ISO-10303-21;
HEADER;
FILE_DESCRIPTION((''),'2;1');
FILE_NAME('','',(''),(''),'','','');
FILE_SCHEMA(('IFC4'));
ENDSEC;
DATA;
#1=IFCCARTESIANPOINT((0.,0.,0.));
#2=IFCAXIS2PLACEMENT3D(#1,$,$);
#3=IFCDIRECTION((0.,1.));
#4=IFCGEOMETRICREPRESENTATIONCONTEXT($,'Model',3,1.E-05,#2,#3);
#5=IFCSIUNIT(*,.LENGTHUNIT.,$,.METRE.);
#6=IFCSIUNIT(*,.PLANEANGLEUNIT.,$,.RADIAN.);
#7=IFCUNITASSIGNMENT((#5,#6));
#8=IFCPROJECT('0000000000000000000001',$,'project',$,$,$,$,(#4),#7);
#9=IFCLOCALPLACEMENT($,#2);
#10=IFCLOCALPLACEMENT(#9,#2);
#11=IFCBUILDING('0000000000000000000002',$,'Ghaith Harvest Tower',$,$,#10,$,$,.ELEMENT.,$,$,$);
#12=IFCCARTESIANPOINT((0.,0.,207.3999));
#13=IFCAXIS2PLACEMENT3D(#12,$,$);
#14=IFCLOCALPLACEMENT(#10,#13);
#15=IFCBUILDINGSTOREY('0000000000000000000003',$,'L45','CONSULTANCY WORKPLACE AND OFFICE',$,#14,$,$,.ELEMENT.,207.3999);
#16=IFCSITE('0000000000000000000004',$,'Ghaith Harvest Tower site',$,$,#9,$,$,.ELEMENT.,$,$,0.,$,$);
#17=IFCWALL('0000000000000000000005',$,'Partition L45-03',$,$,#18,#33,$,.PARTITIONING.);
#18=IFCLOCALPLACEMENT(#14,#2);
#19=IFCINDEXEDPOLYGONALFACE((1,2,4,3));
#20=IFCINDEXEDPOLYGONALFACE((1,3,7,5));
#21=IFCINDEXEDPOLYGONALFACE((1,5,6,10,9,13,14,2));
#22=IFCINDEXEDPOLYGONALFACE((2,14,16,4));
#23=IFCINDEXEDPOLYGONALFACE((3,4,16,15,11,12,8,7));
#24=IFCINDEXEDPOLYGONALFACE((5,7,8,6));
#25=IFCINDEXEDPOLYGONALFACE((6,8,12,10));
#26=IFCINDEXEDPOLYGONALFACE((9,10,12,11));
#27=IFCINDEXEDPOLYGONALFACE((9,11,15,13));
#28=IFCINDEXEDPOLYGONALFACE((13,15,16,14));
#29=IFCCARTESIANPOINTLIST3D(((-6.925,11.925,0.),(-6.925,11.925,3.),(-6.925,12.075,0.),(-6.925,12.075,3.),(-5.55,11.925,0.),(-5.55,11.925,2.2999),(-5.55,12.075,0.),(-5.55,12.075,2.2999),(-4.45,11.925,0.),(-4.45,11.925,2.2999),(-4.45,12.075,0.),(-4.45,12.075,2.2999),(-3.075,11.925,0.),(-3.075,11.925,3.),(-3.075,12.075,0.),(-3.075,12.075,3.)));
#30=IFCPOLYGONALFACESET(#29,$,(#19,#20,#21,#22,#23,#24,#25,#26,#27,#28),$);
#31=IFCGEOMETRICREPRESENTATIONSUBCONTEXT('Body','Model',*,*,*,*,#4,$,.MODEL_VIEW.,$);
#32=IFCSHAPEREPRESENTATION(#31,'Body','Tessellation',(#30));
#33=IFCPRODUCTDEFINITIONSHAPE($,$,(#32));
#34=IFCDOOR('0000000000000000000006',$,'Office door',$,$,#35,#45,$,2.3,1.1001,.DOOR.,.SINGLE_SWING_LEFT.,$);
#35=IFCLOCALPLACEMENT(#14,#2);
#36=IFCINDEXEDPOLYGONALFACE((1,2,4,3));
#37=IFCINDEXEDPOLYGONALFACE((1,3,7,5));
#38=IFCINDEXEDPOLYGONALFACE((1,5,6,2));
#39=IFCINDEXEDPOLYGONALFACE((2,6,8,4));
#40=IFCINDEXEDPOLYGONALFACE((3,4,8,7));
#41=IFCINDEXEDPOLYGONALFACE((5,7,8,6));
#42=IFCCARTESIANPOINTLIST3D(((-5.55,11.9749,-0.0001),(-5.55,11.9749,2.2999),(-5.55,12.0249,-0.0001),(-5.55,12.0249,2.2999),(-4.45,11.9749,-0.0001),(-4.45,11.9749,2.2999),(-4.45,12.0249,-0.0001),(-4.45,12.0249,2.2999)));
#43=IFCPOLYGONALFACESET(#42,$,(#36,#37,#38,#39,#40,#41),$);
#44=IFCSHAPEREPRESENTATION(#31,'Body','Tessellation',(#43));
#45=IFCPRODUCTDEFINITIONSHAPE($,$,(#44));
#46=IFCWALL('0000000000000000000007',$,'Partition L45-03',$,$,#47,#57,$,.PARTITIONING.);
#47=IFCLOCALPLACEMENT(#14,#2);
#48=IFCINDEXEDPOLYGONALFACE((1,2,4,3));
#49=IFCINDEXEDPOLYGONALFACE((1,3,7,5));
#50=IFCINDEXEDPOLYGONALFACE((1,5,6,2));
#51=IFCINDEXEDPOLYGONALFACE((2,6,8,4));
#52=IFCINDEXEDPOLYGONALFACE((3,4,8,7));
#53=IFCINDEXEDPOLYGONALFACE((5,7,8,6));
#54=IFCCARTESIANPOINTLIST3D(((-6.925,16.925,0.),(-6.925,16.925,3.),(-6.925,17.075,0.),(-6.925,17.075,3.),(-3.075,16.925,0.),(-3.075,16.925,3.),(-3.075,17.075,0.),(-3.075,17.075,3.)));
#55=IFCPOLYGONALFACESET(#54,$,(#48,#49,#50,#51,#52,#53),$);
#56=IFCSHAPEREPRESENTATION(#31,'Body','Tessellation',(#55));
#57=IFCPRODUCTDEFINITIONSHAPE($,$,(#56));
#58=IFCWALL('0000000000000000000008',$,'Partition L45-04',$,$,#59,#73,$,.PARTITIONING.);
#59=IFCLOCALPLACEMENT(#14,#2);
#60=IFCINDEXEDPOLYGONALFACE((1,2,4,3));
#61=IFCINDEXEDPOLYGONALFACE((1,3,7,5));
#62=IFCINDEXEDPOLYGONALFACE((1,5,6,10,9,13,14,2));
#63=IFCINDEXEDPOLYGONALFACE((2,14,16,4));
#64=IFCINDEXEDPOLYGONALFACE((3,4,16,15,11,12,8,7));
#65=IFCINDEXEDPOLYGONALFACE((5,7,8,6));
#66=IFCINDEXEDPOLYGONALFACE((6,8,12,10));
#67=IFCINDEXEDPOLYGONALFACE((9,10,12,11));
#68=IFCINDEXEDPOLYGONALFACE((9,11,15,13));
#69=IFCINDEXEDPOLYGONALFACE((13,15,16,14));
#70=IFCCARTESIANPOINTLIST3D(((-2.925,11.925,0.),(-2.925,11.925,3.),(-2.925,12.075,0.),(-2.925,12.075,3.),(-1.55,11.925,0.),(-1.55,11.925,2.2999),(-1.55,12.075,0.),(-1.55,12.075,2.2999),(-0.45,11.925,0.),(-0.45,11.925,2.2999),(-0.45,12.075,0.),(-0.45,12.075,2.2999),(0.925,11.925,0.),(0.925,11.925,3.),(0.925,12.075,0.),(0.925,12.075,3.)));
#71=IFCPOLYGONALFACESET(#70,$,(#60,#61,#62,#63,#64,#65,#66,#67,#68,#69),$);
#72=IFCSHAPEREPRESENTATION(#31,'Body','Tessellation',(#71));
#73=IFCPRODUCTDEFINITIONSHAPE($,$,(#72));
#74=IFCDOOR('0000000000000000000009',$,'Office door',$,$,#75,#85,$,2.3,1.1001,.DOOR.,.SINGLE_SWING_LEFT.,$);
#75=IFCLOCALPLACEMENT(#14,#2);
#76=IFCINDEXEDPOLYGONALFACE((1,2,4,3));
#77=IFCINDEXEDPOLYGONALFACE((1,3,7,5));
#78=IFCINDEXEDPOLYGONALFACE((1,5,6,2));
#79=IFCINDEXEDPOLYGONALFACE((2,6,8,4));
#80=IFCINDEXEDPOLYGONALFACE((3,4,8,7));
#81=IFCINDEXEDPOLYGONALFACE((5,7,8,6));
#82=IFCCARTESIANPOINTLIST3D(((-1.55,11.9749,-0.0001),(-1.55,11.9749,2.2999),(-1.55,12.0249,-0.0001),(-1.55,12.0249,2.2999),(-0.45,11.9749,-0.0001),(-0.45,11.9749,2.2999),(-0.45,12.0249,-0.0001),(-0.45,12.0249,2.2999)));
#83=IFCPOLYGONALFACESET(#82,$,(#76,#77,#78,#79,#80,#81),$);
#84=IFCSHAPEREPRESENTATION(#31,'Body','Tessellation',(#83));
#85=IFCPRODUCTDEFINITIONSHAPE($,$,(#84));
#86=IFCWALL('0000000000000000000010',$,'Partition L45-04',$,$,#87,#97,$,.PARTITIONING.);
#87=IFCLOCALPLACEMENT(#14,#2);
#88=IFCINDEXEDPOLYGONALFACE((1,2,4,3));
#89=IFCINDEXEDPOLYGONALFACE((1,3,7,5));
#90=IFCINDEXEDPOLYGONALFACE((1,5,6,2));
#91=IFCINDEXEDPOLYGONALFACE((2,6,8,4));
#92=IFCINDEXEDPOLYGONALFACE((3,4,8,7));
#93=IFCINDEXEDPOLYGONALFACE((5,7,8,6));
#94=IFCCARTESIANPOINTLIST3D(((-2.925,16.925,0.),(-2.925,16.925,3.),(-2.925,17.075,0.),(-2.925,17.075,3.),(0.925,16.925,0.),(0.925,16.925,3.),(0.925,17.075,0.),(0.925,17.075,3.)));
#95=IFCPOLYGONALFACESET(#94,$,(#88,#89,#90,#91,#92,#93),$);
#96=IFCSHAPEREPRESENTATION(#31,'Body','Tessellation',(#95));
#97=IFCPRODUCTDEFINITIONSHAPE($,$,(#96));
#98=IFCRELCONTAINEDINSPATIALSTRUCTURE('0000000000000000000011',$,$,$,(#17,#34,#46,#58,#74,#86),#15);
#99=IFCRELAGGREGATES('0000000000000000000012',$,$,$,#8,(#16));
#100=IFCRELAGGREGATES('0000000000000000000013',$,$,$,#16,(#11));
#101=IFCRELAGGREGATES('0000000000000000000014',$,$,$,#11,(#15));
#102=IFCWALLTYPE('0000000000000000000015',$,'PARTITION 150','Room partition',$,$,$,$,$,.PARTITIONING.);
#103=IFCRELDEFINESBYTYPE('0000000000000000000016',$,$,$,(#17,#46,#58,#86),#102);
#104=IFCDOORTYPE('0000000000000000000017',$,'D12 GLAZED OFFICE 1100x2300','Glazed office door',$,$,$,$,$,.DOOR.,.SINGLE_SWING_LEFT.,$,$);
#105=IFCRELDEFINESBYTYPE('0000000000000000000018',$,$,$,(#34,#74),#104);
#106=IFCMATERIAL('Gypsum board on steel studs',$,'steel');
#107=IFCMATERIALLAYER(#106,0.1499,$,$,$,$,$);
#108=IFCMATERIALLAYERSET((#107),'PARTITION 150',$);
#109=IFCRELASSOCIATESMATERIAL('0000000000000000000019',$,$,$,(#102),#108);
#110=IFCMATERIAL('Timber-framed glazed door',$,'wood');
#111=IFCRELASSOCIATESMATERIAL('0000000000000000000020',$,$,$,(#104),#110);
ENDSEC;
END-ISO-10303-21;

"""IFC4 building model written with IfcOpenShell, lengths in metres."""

from ifc_helpers import new_model, si_unit, direction, frame, frame_2d, origin, place, context, subcontext, project, spatial, rectangle, extrude, material, layer, layer_set, type_object, element, fill, save


model = new_model("IFC4")

# Units and contexts
model_context = context("Model", 3, precision=1e-05, world=origin(), true_north=direction((0.0, 1.0)))
body_context = subcontext(model_context, "Body", "Model", "MODEL_VIEW")
ifc_project = project(units=[si_unit("LENGTHUNIT", "METRE"), si_unit("PLANEANGLEUNIT", "RADIAN")], contexts=[model_context])

# Site, building, storey
site_placement = place(None, origin())
site = spatial("IfcSite", under=ifc_project, at=site_placement, Name="Ghaith Harvest Tower site", CompositionType="ELEMENT", RefElevation=0.0)
building_placement = place(site_placement, origin())
building = spatial("IfcBuilding", under=site, at=building_placement, Name="Ghaith Harvest Tower", CompositionType="ELEMENT")
storey_placement = place(building_placement, frame((0.0, 0.0, 207.3999)))
storey = spatial("IfcBuildingStorey", under=building, at=storey_placement, Name="L45", Description="CONSULTANCY WORKPLACE AND OFFICE", CompositionType="ELEMENT", Elevation=207.3999)

# Shared definitions
ifc_material_1 = material(Name="Gypsum board on steel studs", Category="steel")
ifc_layer_1 = layer(ifc_material_1, 0.1499)
ifc_layer_set_1 = layer_set([ifc_layer_1], Name="PARTITION 150")
wall_type = type_object("IfcWallType", Name="PARTITION 150", Description="Room partition", PredefinedType="PARTITIONING", material=ifc_layer_set_1)

# Shared definitions
ifc_material_2 = material(Name="Timber-framed glazed door", Category="wood")
door_type = type_object("IfcDoorType", Name="D12 GLAZED OFFICE 1100x2300", Description="Glazed office door", OperationType="SINGLE_SWING_LEFT", PredefinedType="DOOR", material=ifc_material_2)

# Wall, opening, door
wall_1_placement = place(storey_placement, frame((-6.925, 12.0, 0.0), z_axis=(0.0, 0.0, 1.0), x_axis=(1.0, 0.0, 0.0)))
wall_1 = element("IfcWall", 1, at=wall_1_placement, inside=storey, type_object=wall_type, Name="Partition L45-03", PredefinedType="PARTITIONING", context=body_context, shape_type="SweptSolid", body=[
    extrude(rectangle(XDim=3.8501, YDim=0.1499, at=frame_2d((1.925, 0.0))), origin(), (0.0, 0.0, 1.0), 3.0),
])
opening_1_placement = place(wall_1_placement, frame((1.375, 0.0, 0.0)))
opening_1 = element("IfcOpeningElement", 2, at=opening_1_placement, cuts=wall_1, PredefinedType="OPENING", context=body_context, shape_type="SweptSolid", body=[
    extrude(rectangle(XDim=1.1001, YDim=2.3, at=frame_2d((0.55, 1.1499))), frame((0.0, 0.085, 0.0), z_axis=(0.0, -1.0, 0.0), x_axis=(1.0, 0.0, 0.0)), (0.0, 0.0, 1.0), 0.1699),
])
door_1_placement = place(opening_1_placement, origin())
door_1 = element("IfcDoor", 3, at=door_1_placement, inside=storey, type_object=door_type, Name="Office door", OperationType="SINGLE_SWING_LEFT", OverallHeight=2.3, OverallWidth=1.1001, PredefinedType="DOOR", context=body_context, shape_type="SweptSolid", body=[
    extrude(rectangle(XDim=1.1001, YDim=2.3, at=frame_2d((0.55, 1.1499))), frame((0.0, 0.0249, 0.0), z_axis=(0.0, -1.0, 0.0), x_axis=(1.0, 0.0, 0.0)), (0.0, 0.0, 1.0), 0.05),
])
fill(opening_1, door_1)

# Wall
wall_2_placement = place(storey_placement, frame((-6.925, 17.0, 0.0), z_axis=(0.0, 0.0, 1.0), x_axis=(1.0, 0.0, 0.0)))
element("IfcWall", 4, at=wall_2_placement, inside=storey, type_object=wall_type, Name="Partition L45-03", PredefinedType="PARTITIONING", context=body_context, shape_type="SweptSolid", body=[
    extrude(rectangle(XDim=3.8501, YDim=0.1499, at=frame_2d((1.925, 0.0))), origin(), (0.0, 0.0, 1.0), 3.0),
])

# Wall, opening, door
wall_3_placement = place(storey_placement, frame((-2.925, 12.0, 0.0), z_axis=(0.0, 0.0, 1.0), x_axis=(1.0, 0.0, 0.0)))
wall_3 = element("IfcWall", 5, at=wall_3_placement, inside=storey, type_object=wall_type, Name="Partition L45-04", PredefinedType="PARTITIONING", context=body_context, shape_type="SweptSolid", body=[
    extrude(rectangle(XDim=3.8501, YDim=0.1499, at=frame_2d((1.925, 0.0))), origin(), (0.0, 0.0, 1.0), 3.0),
])
opening_2_placement = place(wall_3_placement, frame((1.375, 0.0, 0.0)))
opening_2 = element("IfcOpeningElement", 6, at=opening_2_placement, cuts=wall_3, PredefinedType="OPENING", context=body_context, shape_type="SweptSolid", body=[
    extrude(rectangle(XDim=1.1001, YDim=2.3, at=frame_2d((0.55, 1.1499))), frame((0.0, 0.085, 0.0), z_axis=(0.0, -1.0, 0.0), x_axis=(1.0, 0.0, 0.0)), (0.0, 0.0, 1.0), 0.1699),
])
door_2_placement = place(opening_2_placement, origin())
door_2 = element("IfcDoor", 7, at=door_2_placement, inside=storey, type_object=door_type, Name="Office door", OperationType="SINGLE_SWING_LEFT", OverallHeight=2.3, OverallWidth=1.1001, PredefinedType="DOOR", context=body_context, shape_type="SweptSolid", body=[
    extrude(rectangle(XDim=1.1001, YDim=2.3, at=frame_2d((0.55, 1.1499))), frame((0.0, 0.0249, 0.0), z_axis=(0.0, -1.0, 0.0), x_axis=(1.0, 0.0, 0.0)), (0.0, 0.0, 1.0), 0.05),
])
fill(opening_2, door_2)

# Wall
wall_4_placement = place(storey_placement, frame((-2.925, 17.0, 0.0), z_axis=(0.0, 0.0, 1.0), x_axis=(1.0, 0.0, 0.0)))
element("IfcWall", 8, at=wall_4_placement, inside=storey, type_object=wall_type, Name="Partition L45-04", PredefinedType="PARTITIONING", context=body_context, shape_type="SweptSolid", body=[
    extrude(rectangle(XDim=3.8501, YDim=0.1499, at=frame_2d((1.925, 0.0))), origin(), (0.0, 0.0, 1.0), 3.0),
])

save(model, "model.ifc")
